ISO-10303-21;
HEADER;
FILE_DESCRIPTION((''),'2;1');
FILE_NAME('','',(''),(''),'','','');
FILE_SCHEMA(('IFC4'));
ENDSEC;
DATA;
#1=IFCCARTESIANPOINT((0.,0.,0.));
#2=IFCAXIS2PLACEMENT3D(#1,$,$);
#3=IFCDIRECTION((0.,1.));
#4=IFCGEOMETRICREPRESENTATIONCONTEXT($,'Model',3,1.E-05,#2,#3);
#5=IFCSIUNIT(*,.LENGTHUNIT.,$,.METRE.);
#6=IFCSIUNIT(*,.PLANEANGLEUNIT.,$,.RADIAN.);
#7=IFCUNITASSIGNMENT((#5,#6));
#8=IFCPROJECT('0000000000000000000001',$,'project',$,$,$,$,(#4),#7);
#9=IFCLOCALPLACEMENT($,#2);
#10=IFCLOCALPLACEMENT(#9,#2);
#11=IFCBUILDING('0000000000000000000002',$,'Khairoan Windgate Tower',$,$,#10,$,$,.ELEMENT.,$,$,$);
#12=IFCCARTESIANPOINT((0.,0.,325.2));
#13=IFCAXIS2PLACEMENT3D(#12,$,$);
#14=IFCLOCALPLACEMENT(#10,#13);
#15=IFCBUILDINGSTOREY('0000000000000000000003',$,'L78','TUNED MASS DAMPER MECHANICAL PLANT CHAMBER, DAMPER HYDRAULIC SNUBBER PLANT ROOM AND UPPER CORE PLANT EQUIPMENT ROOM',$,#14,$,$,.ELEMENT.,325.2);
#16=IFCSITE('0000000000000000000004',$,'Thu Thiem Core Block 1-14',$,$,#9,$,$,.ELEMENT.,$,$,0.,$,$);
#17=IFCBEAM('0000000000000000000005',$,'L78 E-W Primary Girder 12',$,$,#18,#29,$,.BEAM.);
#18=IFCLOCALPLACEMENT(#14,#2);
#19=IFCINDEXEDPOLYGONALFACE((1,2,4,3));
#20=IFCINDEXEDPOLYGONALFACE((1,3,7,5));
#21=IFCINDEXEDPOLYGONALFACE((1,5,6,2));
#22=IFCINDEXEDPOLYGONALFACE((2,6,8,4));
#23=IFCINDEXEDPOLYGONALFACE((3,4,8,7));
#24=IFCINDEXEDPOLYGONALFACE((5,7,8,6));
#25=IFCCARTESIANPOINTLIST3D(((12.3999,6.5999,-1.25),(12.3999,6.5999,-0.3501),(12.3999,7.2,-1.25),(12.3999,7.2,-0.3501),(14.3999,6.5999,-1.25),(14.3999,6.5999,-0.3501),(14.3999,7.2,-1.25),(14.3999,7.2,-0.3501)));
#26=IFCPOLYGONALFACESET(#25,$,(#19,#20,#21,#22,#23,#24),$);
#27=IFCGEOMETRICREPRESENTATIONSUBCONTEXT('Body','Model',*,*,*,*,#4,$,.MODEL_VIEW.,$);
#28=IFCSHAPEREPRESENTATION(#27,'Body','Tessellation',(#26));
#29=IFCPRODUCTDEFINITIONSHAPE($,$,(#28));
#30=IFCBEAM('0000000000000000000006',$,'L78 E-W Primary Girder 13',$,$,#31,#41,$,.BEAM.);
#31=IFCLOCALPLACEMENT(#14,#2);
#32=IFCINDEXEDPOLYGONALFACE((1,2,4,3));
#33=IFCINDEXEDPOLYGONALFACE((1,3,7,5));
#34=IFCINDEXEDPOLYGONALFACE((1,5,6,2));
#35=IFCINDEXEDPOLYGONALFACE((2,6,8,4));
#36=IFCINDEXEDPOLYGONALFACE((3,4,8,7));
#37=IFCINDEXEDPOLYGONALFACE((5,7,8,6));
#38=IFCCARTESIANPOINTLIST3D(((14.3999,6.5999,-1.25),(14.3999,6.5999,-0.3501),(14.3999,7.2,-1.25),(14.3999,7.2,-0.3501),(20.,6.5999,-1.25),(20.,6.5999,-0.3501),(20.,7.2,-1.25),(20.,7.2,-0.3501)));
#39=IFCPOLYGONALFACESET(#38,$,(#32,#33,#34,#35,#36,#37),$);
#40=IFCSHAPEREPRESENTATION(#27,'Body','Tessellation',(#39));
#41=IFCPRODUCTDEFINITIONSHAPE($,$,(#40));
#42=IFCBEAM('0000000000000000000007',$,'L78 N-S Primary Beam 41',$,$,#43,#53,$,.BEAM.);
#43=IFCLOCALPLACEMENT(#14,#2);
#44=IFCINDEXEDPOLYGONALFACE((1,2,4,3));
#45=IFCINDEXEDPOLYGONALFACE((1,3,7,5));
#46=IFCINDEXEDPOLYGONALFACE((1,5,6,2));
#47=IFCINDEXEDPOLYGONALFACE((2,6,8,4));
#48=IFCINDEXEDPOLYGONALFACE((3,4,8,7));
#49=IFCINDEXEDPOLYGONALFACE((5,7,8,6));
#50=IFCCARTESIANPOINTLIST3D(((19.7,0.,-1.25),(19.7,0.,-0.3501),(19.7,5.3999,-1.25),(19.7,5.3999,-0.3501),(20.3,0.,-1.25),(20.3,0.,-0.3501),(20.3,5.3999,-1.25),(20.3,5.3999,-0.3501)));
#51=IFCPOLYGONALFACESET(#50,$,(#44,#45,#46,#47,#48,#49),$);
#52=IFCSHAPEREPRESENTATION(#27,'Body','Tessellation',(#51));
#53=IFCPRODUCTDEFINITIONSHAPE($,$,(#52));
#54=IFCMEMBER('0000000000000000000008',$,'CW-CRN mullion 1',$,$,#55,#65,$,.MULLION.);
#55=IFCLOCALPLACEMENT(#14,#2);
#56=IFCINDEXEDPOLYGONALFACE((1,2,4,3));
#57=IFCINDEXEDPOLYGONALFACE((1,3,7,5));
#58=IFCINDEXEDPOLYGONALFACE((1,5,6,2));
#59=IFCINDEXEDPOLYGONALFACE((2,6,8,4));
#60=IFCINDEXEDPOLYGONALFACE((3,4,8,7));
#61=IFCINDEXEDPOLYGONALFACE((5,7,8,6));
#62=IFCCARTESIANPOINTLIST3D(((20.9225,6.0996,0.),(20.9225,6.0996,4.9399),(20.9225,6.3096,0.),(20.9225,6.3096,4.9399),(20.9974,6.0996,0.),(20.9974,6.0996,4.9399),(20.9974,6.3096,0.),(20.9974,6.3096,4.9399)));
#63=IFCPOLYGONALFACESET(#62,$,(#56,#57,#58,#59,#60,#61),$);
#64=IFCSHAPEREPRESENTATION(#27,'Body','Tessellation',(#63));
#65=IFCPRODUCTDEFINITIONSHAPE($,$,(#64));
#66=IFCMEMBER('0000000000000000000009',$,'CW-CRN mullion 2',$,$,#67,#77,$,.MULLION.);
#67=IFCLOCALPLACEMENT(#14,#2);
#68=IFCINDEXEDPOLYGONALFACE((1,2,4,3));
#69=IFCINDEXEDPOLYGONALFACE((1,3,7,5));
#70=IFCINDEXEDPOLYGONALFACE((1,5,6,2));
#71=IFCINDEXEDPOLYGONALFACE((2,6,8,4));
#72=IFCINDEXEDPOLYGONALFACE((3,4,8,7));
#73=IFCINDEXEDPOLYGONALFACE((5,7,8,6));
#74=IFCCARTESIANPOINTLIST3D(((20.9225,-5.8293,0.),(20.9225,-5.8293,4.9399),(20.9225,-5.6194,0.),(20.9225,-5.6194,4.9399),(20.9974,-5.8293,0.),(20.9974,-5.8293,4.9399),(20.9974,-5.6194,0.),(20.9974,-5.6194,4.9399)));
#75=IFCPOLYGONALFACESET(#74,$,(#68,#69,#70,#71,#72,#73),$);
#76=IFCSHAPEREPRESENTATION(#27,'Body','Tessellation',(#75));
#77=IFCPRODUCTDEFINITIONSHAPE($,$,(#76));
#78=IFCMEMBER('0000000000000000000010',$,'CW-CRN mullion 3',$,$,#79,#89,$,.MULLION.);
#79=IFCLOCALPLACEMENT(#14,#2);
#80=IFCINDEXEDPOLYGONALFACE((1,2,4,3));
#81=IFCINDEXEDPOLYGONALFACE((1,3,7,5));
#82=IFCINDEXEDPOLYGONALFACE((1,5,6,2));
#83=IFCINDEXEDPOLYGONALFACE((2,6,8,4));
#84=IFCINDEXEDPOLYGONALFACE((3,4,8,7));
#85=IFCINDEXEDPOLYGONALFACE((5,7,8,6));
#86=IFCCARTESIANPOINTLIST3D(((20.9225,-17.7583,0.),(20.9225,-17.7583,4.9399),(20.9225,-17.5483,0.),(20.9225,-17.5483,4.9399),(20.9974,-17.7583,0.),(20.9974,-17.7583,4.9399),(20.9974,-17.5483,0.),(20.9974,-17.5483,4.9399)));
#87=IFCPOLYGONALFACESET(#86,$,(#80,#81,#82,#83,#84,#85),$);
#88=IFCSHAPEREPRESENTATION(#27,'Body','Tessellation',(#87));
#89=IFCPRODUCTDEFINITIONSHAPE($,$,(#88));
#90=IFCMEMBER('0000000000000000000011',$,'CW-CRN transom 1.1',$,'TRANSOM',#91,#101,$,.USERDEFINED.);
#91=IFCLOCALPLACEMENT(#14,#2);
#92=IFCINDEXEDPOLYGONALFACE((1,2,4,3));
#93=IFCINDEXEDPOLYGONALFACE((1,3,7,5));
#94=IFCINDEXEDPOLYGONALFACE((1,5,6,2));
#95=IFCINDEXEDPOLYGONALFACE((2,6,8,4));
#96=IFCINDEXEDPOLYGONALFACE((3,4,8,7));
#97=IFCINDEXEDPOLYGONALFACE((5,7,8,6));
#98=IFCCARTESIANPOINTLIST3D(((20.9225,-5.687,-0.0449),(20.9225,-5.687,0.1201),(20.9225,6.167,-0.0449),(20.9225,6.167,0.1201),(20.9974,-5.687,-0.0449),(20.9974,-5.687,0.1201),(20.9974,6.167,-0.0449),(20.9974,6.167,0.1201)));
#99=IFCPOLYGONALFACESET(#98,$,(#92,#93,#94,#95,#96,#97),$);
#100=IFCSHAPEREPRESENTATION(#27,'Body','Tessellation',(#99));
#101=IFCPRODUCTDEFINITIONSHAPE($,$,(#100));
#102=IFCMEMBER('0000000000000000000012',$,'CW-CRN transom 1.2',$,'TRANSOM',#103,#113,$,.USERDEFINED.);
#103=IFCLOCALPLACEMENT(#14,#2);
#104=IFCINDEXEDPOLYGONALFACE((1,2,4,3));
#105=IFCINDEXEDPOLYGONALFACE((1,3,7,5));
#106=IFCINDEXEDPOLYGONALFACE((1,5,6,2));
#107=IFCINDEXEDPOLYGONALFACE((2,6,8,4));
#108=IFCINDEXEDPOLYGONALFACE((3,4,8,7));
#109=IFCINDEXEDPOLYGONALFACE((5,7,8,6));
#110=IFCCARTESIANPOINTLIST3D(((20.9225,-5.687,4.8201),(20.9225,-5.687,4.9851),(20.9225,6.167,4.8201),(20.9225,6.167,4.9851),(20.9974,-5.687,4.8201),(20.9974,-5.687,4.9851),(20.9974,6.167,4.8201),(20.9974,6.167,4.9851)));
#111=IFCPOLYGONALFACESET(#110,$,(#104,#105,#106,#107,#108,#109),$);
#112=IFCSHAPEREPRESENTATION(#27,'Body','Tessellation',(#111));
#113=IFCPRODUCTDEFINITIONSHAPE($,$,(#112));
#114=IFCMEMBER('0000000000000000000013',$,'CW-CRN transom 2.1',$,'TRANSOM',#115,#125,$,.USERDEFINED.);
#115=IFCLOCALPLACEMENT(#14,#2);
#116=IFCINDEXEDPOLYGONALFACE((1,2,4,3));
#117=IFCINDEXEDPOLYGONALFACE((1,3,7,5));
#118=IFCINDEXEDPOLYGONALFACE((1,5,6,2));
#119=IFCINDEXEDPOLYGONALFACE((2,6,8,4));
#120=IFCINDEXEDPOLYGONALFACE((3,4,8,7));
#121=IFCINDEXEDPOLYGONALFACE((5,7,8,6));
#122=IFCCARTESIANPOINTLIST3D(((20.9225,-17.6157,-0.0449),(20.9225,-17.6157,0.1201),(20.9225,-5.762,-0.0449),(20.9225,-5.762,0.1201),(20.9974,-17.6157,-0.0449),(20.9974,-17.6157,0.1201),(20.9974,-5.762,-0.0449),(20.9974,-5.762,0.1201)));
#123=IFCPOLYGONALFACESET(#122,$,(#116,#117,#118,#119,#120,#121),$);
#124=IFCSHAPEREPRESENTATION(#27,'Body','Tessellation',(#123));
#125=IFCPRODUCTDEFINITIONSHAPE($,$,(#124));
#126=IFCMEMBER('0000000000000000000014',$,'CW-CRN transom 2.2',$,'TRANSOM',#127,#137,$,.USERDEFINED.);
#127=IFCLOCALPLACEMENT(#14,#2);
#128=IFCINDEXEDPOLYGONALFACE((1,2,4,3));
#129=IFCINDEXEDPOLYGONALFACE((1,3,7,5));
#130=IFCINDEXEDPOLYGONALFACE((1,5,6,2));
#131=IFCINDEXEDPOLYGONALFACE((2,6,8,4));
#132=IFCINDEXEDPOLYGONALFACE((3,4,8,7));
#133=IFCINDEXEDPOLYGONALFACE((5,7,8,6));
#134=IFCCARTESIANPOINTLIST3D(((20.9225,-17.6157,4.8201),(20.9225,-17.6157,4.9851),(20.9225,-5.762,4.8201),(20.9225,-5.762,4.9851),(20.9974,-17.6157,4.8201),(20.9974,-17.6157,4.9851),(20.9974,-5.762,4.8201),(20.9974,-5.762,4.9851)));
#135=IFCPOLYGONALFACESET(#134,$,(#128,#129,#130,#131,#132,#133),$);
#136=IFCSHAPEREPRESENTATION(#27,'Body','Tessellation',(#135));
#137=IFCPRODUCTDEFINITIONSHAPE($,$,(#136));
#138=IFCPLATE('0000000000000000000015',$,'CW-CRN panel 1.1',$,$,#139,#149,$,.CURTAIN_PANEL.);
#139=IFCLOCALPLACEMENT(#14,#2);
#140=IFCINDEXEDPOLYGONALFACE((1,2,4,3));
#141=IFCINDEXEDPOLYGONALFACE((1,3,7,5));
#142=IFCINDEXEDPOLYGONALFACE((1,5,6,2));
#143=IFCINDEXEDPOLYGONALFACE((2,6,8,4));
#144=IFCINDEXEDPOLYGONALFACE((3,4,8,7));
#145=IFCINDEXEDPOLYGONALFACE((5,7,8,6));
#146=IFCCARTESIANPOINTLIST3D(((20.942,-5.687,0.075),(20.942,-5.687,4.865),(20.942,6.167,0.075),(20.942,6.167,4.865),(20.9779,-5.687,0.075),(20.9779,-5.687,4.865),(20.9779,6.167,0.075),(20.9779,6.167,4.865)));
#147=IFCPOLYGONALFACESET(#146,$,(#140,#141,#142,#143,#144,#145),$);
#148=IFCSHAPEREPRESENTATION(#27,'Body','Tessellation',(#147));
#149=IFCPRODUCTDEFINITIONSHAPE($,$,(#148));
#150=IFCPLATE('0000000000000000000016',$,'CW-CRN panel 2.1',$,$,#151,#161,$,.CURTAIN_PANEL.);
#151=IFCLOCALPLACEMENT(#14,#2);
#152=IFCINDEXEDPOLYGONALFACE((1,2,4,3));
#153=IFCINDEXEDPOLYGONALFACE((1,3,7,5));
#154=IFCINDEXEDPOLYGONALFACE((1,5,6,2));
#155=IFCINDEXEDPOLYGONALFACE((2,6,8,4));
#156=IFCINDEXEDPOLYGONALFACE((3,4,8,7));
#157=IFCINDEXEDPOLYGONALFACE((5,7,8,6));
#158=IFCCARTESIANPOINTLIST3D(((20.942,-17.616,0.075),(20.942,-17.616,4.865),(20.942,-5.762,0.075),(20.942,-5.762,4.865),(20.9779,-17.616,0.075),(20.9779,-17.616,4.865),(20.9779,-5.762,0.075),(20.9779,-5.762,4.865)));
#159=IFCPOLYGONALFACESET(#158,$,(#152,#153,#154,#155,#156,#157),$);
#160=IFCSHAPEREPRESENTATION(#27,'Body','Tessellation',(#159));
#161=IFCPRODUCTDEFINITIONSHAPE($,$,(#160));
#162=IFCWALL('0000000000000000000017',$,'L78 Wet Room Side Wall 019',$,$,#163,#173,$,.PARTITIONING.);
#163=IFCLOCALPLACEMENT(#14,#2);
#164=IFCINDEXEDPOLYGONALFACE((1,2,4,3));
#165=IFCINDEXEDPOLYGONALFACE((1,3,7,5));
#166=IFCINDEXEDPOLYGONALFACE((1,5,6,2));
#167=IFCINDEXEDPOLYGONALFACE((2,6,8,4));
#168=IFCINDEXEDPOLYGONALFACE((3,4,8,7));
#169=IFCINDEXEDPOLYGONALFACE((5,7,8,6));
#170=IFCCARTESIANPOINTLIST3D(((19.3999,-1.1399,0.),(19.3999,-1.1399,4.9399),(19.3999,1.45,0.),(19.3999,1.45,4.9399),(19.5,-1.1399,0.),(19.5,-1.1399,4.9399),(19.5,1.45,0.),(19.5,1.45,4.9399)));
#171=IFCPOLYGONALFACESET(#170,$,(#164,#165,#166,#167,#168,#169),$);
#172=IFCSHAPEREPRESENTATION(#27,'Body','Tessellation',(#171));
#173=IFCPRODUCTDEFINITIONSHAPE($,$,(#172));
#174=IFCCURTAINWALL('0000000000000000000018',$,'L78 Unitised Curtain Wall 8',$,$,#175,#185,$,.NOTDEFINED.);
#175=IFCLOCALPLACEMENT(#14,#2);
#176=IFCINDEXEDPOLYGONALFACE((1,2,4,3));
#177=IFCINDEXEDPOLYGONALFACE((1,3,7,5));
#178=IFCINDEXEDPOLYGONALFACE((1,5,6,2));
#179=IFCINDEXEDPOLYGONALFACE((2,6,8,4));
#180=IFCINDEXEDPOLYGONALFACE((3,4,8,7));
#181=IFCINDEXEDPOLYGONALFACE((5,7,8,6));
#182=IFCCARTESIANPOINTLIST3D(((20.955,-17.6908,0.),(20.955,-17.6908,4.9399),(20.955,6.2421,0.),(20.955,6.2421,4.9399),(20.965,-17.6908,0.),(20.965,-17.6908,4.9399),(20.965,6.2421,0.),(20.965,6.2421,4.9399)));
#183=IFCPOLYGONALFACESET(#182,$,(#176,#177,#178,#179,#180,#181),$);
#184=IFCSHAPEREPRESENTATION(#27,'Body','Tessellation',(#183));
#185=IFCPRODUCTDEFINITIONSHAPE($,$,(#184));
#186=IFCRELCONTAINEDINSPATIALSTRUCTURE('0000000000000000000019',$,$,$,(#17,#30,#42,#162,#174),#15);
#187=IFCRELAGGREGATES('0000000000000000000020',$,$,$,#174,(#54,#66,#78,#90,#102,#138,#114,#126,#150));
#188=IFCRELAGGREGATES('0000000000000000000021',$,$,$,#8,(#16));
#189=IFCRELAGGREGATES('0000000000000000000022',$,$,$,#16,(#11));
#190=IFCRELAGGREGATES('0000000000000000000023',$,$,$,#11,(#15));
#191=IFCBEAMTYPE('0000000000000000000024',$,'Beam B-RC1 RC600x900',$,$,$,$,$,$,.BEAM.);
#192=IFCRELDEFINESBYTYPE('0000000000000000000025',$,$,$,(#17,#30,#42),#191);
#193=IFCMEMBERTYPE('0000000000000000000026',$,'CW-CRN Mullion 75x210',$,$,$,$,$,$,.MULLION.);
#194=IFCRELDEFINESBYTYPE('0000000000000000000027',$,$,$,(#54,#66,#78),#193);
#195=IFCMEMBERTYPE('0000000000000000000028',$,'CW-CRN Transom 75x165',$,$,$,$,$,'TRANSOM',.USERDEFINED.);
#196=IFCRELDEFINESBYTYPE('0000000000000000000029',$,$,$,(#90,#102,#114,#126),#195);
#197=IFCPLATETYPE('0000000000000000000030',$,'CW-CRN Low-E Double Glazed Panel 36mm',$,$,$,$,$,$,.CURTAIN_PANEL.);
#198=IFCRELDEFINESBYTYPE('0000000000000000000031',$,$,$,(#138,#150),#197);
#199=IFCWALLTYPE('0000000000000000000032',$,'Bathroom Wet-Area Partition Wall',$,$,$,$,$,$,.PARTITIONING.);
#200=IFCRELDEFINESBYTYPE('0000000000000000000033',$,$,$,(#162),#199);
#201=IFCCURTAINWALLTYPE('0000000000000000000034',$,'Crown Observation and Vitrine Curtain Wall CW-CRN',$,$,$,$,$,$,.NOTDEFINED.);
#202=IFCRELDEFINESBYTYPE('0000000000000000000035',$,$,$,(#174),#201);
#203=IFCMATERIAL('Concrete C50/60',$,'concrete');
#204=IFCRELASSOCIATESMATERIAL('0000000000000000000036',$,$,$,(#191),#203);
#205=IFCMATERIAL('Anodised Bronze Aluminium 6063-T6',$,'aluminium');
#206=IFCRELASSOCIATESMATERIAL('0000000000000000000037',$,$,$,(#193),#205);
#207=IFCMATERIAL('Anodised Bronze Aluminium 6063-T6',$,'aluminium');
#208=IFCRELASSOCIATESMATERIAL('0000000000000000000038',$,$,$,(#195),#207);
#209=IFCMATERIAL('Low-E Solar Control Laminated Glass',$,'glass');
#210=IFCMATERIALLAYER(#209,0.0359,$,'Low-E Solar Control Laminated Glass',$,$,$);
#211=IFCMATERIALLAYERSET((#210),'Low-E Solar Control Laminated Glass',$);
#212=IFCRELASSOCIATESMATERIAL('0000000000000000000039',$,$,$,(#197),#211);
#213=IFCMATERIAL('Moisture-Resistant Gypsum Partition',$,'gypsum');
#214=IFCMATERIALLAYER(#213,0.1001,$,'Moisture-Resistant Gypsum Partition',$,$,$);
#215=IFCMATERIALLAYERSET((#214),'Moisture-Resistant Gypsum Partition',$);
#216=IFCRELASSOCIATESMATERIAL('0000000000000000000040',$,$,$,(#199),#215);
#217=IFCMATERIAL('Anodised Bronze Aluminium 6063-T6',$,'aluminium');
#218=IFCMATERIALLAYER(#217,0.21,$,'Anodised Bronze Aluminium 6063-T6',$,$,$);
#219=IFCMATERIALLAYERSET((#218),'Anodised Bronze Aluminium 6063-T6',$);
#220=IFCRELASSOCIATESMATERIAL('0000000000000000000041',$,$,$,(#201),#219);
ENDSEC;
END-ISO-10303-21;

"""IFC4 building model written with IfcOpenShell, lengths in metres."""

from ifc_helpers import new_model, si_unit, direction, frame, frame_2d, origin, origin_2d, place, context, subcontext, project, spatial, rectangle, extrude, material, layer, layer_set, material_profile, profile_set, type_object, element, aggregate, save


model = new_model("IFC4")

# Units and contexts
model_context = context("Model", 3, precision=1e-05, world=origin(), true_north=direction((0.0, 1.0)))
body_context = subcontext(model_context, "Body", "Model", "MODEL_VIEW")
ifc_project = project(units=[si_unit("LENGTHUNIT", "METRE"), si_unit("PLANEANGLEUNIT", "RADIAN")], contexts=[model_context])

# Site, building, storey
site_placement = place(None, origin())
site = spatial("IfcSite", under=ifc_project, at=site_placement, Name="Thu Thiem Core Block 1-14", CompositionType="ELEMENT", RefElevation=0.0)
building_placement = place(site_placement, origin())
building = spatial("IfcBuilding", under=site, at=building_placement, Name="Khairoan Windgate Tower", CompositionType="ELEMENT")
storey_placement = place(building_placement, frame((0.0, 0.0, 325.2)))
storey = spatial("IfcBuildingStorey", under=building, at=storey_placement, Name="L78", Description="TUNED MASS DAMPER MECHANICAL PLANT CHAMBER, DAMPER HYDRAULIC SNUBBER PLANT ROOM AND UPPER CORE PLANT EQUIPMENT ROOM", CompositionType="ELEMENT", Elevation=325.2)

# Beams
ifc_material_1 = material(Name="Concrete C50/60", Category="concrete")
ifc_material_profile_1 = material_profile(ifc_material_1, rectangle(XDim=0.6001, YDim=0.8999, at=origin_2d()))
ifc_profile_set_1 = profile_set([ifc_material_profile_1], Name="Concrete C50/60")
beam_type = type_object("IfcBeamType", Name="Beam B-RC1 RC600x900", PredefinedType="BEAM", material=ifc_profile_set_1)
beam_1_placement = place(storey_placement, frame((12.3999, 6.8999, -0.8), z_axis=(1.0, 0.0, 0.0), x_axis=(0.0, 1.0, 0.0)))
element("IfcBeam", 1, at=beam_1_placement, inside=storey, type_object=beam_type, Name="L78 E-W Primary Girder 12", PredefinedType="BEAM", context=body_context, shape_type="SweptSolid", body=[
    extrude(rectangle(XDim=0.6001, YDim=0.8999, at=origin_2d()), origin(), (0.0, 0.0, 1.0), 2.0),
])
beam_2_placement = place(storey_placement, frame((14.3999, 6.8999, -0.8), z_axis=(1.0, 0.0, 0.0), x_axis=(0.0, 1.0, 0.0)))
element("IfcBeam", 2, at=beam_2_placement, inside=storey, type_object=beam_type, Name="L78 E-W Primary Girder 13", PredefinedType="BEAM", context=body_context, shape_type="SweptSolid", body=[
    extrude(rectangle(XDim=0.6001, YDim=0.8999, at=origin_2d()), origin(), (0.0, 0.0, 1.0), 5.6001),
])
beam_3_placement = place(storey_placement, frame((20.0, 0.0, -0.8), z_axis=(0.0, 1.0, 0.0), x_axis=(-1.0, 0.0, 0.0)))
element("IfcBeam", 3, at=beam_3_placement, inside=storey, type_object=beam_type, Name="L78 N-S Primary Beam 41", PredefinedType="BEAM", context=body_context, shape_type="SweptSolid", body=[
    extrude(rectangle(XDim=0.6001, YDim=0.8999, at=origin_2d()), origin(), (0.0, 0.0, 1.0), 5.3999),
])

# Members
ifc_material_2 = material(Name="Anodised Bronze Aluminium 6063-T6", Category="aluminium")
ifc_material_profile_2 = material_profile(ifc_material_2, rectangle(XDim=0.075, YDim=0.21, at=origin_2d()))
ifc_profile_set_2 = profile_set([ifc_material_profile_2], Name="Anodised Bronze Aluminium 6063-T6")
member_type_1 = type_object("IfcMemberType", Name="CW-CRN Mullion 75x210", PredefinedType="MULLION", material=ifc_profile_set_2)
member_1_placement = place(storey_placement, frame((20.96, 6.2046, 0.0), z_axis=(0.0, 0.0, 1.0), x_axis=(1.0, 0.0, 0.0)))
member_1 = element("IfcMember", 4, at=member_1_placement, type_object=member_type_1, Name="CW-CRN mullion 1", PredefinedType="MULLION", context=body_context, shape_type="SweptSolid", body=[
    extrude(rectangle(XDim=0.075, YDim=0.21, at=origin_2d()), origin(), (0.0, 0.0, 1.0), 4.9399),
])
member_2_placement = place(storey_placement, frame((20.96, -5.7244, 0.0), z_axis=(0.0, 0.0, 1.0), x_axis=(1.0, 0.0, 0.0)))
member_2 = element("IfcMember", 5, at=member_2_placement, type_object=member_type_1, Name="CW-CRN mullion 2", PredefinedType="MULLION", context=body_context, shape_type="SweptSolid", body=[
    extrude(rectangle(XDim=0.075, YDim=0.21, at=origin_2d()), origin(), (0.0, 0.0, 1.0), 4.9399),
])
member_3_placement = place(storey_placement, frame((20.96, -17.6533, 0.0), z_axis=(0.0, 0.0, 1.0), x_axis=(1.0, 0.0, 0.0)))
member_3 = element("IfcMember", 6, at=member_3_placement, type_object=member_type_1, Name="CW-CRN mullion 3", PredefinedType="MULLION", context=body_context, shape_type="SweptSolid", body=[
    extrude(rectangle(XDim=0.075, YDim=0.21, at=origin_2d()), origin(), (0.0, 0.0, 1.0), 4.9399),
])
ifc_material_3 = material(Name="Anodised Bronze Aluminium 6063-T6", Category="aluminium")
ifc_material_profile_3 = material_profile(ifc_material_3, rectangle(XDim=0.075, YDim=0.165, at=origin_2d()))
ifc_profile_set_3 = profile_set([ifc_material_profile_3], Name="Anodised Bronze Aluminium 6063-T6")
member_type_2 = type_object("IfcMemberType", Name="CW-CRN Transom 75x165", ElementType="TRANSOM", PredefinedType="USERDEFINED", material=ifc_profile_set_3)
member_4_placement = place(storey_placement, frame((20.96, 6.167, 0.0376), z_axis=(0.0, -1.0, 0.0), x_axis=(1.0, 0.0, 0.0)))
member_4 = element("IfcMember", 7, at=member_4_placement, type_object=member_type_2, Name="CW-CRN transom 1.1", ObjectType="TRANSOM", PredefinedType="USERDEFINED", context=body_context, shape_type="SweptSolid", body=[
    extrude(rectangle(XDim=0.075, YDim=0.165, at=origin_2d()), origin(), (0.0, 0.0, 1.0), 11.854),
])
member_5_placement = place(storey_placement, frame((20.96, 6.167, 4.9026), z_axis=(0.0, -1.0, 0.0), x_axis=(1.0, 0.0, 0.0)))
member_5 = element("IfcMember", 8, at=member_5_placement, type_object=member_type_2, Name="CW-CRN transom 1.2", ObjectType="TRANSOM", PredefinedType="USERDEFINED", context=body_context, shape_type="SweptSolid", body=[
    extrude(rectangle(XDim=0.075, YDim=0.165, at=origin_2d()), origin(), (0.0, 0.0, 1.0), 11.854),
])
member_6_placement = place(storey_placement, frame((20.96, -5.762, 0.0376), z_axis=(0.0, -1.0, 0.0), x_axis=(1.0, 0.0, 0.0)))
member_6 = element("IfcMember", 9, at=member_6_placement, type_object=member_type_2, Name="CW-CRN transom 2.1", ObjectType="TRANSOM", PredefinedType="USERDEFINED", context=body_context, shape_type="SweptSolid", body=[
    extrude(rectangle(XDim=0.075, YDim=0.165, at=origin_2d()), origin(), (0.0, 0.0, 1.0), 11.8538),
])
member_7_placement = place(storey_placement, frame((20.96, -5.762, 4.9026), z_axis=(0.0, -1.0, 0.0), x_axis=(1.0, 0.0, 0.0)))
member_7 = element("IfcMember", 10, at=member_7_placement, type_object=member_type_2, Name="CW-CRN transom 2.2", ObjectType="TRANSOM", PredefinedType="USERDEFINED", context=body_context, shape_type="SweptSolid", body=[
    extrude(rectangle(XDim=0.075, YDim=0.165, at=origin_2d()), origin(), (0.0, 0.0, 1.0), 11.8538),
])

# Plates
ifc_material_4 = material(Name="Low-E Solar Control Laminated Glass", Category="glass")
ifc_layer_1 = layer(ifc_material_4, 0.0359, Name="Low-E Solar Control Laminated Glass")
ifc_layer_set_1 = layer_set([ifc_layer_1], Name="Low-E Solar Control Laminated Glass")
plate_type = type_object("IfcPlateType", Name="CW-CRN Low-E Double Glazed Panel 36mm", PredefinedType="CURTAIN_PANEL", material=ifc_layer_set_1)
plate_1_placement = place(storey_placement, frame((20.96, 0.24, 0.075), z_axis=(0.0, 0.0, 1.0), x_axis=(0.0, -1.0, 0.0)))
plate_1 = element("IfcPlate", 11, at=plate_1_placement, type_object=plate_type, Name="CW-CRN panel 1.1", PredefinedType="CURTAIN_PANEL", context=body_context, shape_type="SweptSolid", body=[
    extrude(rectangle(XDim=11.854, YDim=0.0359, at=origin_2d()), origin(), (0.0, 0.0, 1.0), 4.79),
])
plate_2_placement = place(storey_placement, frame((20.96, -11.689, 0.075), z_axis=(0.0, 0.0, 1.0), x_axis=(0.0, -1.0, 0.0)))
plate_2 = element("IfcPlate", 12, at=plate_2_placement, type_object=plate_type, Name="CW-CRN panel 2.1", PredefinedType="CURTAIN_PANEL", context=body_context, shape_type="SweptSolid", body=[
    extrude(rectangle(XDim=11.854, YDim=0.0359, at=origin_2d()), origin(), (0.0, 0.0, 1.0), 4.79),
])

# Wall
ifc_material_5 = material(Name="Moisture-Resistant Gypsum Partition", Category="gypsum")
ifc_layer_2 = layer(ifc_material_5, 0.1001, Name="Moisture-Resistant Gypsum Partition")
ifc_layer_set_2 = layer_set([ifc_layer_2], Name="Moisture-Resistant Gypsum Partition")
wall_type_1 = type_object("IfcWallType", Name="Bathroom Wet-Area Partition Wall", PredefinedType="PARTITIONING", material=ifc_layer_set_2)
wall_1_placement = place(storey_placement, frame((19.45, 1.45, 0.0), z_axis=(0.0, 0.0, 1.0), x_axis=(0.0, -1.0, 0.0)))
element("IfcWall", 13, at=wall_1_placement, inside=storey, type_object=wall_type_1, Name="L78 Wet Room Side Wall 019", PredefinedType="PARTITIONING", context=body_context, shape_type="SweptSolid", body=[
    extrude(rectangle(XDim=2.5898, YDim=0.1001, at=frame_2d((1.2949, 0.0))), origin(), (0.0, 0.0, 1.0), 4.9399),
])

# Curtain wall
ifc_material_6 = material(Name="Anodised Bronze Aluminium 6063-T6", Category="aluminium")
ifc_layer_3 = layer(ifc_material_6, 0.21, Name="Anodised Bronze Aluminium 6063-T6")
ifc_layer_set_3 = layer_set([ifc_layer_3], Name="Anodised Bronze Aluminium 6063-T6")
curtain_wall_type = type_object("IfcCurtainWallType", Name="Crown Observation and Vitrine Curtain Wall CW-CRN", PredefinedType="NOTDEFINED", material=ifc_layer_set_3)
curtain_wall_placement = place(storey_placement, frame((20.96, 6.2419, 0.0), z_axis=(0.0, 0.0, 1.0), x_axis=(0.0, -1.0, 0.0)))
curtain_wall = element("IfcCurtainWall", 14, at=curtain_wall_placement, inside=storey, type_object=curtain_wall_type, Name="L78 Unitised Curtain Wall 8", PredefinedType="NOTDEFINED", context=body_context, shape_type="SweptSolid", body=[
    extrude(rectangle(XDim=23.9329, YDim=0.01, at=frame_2d((11.9663, 0.0))), origin(), (0.0, 0.0, 1.0), 4.9399),
])
aggregate(curtain_wall, [member_1, member_2, member_3, member_4, member_5, plate_1, member_6, member_7, plate_2])

save(model, "model.ifc")
